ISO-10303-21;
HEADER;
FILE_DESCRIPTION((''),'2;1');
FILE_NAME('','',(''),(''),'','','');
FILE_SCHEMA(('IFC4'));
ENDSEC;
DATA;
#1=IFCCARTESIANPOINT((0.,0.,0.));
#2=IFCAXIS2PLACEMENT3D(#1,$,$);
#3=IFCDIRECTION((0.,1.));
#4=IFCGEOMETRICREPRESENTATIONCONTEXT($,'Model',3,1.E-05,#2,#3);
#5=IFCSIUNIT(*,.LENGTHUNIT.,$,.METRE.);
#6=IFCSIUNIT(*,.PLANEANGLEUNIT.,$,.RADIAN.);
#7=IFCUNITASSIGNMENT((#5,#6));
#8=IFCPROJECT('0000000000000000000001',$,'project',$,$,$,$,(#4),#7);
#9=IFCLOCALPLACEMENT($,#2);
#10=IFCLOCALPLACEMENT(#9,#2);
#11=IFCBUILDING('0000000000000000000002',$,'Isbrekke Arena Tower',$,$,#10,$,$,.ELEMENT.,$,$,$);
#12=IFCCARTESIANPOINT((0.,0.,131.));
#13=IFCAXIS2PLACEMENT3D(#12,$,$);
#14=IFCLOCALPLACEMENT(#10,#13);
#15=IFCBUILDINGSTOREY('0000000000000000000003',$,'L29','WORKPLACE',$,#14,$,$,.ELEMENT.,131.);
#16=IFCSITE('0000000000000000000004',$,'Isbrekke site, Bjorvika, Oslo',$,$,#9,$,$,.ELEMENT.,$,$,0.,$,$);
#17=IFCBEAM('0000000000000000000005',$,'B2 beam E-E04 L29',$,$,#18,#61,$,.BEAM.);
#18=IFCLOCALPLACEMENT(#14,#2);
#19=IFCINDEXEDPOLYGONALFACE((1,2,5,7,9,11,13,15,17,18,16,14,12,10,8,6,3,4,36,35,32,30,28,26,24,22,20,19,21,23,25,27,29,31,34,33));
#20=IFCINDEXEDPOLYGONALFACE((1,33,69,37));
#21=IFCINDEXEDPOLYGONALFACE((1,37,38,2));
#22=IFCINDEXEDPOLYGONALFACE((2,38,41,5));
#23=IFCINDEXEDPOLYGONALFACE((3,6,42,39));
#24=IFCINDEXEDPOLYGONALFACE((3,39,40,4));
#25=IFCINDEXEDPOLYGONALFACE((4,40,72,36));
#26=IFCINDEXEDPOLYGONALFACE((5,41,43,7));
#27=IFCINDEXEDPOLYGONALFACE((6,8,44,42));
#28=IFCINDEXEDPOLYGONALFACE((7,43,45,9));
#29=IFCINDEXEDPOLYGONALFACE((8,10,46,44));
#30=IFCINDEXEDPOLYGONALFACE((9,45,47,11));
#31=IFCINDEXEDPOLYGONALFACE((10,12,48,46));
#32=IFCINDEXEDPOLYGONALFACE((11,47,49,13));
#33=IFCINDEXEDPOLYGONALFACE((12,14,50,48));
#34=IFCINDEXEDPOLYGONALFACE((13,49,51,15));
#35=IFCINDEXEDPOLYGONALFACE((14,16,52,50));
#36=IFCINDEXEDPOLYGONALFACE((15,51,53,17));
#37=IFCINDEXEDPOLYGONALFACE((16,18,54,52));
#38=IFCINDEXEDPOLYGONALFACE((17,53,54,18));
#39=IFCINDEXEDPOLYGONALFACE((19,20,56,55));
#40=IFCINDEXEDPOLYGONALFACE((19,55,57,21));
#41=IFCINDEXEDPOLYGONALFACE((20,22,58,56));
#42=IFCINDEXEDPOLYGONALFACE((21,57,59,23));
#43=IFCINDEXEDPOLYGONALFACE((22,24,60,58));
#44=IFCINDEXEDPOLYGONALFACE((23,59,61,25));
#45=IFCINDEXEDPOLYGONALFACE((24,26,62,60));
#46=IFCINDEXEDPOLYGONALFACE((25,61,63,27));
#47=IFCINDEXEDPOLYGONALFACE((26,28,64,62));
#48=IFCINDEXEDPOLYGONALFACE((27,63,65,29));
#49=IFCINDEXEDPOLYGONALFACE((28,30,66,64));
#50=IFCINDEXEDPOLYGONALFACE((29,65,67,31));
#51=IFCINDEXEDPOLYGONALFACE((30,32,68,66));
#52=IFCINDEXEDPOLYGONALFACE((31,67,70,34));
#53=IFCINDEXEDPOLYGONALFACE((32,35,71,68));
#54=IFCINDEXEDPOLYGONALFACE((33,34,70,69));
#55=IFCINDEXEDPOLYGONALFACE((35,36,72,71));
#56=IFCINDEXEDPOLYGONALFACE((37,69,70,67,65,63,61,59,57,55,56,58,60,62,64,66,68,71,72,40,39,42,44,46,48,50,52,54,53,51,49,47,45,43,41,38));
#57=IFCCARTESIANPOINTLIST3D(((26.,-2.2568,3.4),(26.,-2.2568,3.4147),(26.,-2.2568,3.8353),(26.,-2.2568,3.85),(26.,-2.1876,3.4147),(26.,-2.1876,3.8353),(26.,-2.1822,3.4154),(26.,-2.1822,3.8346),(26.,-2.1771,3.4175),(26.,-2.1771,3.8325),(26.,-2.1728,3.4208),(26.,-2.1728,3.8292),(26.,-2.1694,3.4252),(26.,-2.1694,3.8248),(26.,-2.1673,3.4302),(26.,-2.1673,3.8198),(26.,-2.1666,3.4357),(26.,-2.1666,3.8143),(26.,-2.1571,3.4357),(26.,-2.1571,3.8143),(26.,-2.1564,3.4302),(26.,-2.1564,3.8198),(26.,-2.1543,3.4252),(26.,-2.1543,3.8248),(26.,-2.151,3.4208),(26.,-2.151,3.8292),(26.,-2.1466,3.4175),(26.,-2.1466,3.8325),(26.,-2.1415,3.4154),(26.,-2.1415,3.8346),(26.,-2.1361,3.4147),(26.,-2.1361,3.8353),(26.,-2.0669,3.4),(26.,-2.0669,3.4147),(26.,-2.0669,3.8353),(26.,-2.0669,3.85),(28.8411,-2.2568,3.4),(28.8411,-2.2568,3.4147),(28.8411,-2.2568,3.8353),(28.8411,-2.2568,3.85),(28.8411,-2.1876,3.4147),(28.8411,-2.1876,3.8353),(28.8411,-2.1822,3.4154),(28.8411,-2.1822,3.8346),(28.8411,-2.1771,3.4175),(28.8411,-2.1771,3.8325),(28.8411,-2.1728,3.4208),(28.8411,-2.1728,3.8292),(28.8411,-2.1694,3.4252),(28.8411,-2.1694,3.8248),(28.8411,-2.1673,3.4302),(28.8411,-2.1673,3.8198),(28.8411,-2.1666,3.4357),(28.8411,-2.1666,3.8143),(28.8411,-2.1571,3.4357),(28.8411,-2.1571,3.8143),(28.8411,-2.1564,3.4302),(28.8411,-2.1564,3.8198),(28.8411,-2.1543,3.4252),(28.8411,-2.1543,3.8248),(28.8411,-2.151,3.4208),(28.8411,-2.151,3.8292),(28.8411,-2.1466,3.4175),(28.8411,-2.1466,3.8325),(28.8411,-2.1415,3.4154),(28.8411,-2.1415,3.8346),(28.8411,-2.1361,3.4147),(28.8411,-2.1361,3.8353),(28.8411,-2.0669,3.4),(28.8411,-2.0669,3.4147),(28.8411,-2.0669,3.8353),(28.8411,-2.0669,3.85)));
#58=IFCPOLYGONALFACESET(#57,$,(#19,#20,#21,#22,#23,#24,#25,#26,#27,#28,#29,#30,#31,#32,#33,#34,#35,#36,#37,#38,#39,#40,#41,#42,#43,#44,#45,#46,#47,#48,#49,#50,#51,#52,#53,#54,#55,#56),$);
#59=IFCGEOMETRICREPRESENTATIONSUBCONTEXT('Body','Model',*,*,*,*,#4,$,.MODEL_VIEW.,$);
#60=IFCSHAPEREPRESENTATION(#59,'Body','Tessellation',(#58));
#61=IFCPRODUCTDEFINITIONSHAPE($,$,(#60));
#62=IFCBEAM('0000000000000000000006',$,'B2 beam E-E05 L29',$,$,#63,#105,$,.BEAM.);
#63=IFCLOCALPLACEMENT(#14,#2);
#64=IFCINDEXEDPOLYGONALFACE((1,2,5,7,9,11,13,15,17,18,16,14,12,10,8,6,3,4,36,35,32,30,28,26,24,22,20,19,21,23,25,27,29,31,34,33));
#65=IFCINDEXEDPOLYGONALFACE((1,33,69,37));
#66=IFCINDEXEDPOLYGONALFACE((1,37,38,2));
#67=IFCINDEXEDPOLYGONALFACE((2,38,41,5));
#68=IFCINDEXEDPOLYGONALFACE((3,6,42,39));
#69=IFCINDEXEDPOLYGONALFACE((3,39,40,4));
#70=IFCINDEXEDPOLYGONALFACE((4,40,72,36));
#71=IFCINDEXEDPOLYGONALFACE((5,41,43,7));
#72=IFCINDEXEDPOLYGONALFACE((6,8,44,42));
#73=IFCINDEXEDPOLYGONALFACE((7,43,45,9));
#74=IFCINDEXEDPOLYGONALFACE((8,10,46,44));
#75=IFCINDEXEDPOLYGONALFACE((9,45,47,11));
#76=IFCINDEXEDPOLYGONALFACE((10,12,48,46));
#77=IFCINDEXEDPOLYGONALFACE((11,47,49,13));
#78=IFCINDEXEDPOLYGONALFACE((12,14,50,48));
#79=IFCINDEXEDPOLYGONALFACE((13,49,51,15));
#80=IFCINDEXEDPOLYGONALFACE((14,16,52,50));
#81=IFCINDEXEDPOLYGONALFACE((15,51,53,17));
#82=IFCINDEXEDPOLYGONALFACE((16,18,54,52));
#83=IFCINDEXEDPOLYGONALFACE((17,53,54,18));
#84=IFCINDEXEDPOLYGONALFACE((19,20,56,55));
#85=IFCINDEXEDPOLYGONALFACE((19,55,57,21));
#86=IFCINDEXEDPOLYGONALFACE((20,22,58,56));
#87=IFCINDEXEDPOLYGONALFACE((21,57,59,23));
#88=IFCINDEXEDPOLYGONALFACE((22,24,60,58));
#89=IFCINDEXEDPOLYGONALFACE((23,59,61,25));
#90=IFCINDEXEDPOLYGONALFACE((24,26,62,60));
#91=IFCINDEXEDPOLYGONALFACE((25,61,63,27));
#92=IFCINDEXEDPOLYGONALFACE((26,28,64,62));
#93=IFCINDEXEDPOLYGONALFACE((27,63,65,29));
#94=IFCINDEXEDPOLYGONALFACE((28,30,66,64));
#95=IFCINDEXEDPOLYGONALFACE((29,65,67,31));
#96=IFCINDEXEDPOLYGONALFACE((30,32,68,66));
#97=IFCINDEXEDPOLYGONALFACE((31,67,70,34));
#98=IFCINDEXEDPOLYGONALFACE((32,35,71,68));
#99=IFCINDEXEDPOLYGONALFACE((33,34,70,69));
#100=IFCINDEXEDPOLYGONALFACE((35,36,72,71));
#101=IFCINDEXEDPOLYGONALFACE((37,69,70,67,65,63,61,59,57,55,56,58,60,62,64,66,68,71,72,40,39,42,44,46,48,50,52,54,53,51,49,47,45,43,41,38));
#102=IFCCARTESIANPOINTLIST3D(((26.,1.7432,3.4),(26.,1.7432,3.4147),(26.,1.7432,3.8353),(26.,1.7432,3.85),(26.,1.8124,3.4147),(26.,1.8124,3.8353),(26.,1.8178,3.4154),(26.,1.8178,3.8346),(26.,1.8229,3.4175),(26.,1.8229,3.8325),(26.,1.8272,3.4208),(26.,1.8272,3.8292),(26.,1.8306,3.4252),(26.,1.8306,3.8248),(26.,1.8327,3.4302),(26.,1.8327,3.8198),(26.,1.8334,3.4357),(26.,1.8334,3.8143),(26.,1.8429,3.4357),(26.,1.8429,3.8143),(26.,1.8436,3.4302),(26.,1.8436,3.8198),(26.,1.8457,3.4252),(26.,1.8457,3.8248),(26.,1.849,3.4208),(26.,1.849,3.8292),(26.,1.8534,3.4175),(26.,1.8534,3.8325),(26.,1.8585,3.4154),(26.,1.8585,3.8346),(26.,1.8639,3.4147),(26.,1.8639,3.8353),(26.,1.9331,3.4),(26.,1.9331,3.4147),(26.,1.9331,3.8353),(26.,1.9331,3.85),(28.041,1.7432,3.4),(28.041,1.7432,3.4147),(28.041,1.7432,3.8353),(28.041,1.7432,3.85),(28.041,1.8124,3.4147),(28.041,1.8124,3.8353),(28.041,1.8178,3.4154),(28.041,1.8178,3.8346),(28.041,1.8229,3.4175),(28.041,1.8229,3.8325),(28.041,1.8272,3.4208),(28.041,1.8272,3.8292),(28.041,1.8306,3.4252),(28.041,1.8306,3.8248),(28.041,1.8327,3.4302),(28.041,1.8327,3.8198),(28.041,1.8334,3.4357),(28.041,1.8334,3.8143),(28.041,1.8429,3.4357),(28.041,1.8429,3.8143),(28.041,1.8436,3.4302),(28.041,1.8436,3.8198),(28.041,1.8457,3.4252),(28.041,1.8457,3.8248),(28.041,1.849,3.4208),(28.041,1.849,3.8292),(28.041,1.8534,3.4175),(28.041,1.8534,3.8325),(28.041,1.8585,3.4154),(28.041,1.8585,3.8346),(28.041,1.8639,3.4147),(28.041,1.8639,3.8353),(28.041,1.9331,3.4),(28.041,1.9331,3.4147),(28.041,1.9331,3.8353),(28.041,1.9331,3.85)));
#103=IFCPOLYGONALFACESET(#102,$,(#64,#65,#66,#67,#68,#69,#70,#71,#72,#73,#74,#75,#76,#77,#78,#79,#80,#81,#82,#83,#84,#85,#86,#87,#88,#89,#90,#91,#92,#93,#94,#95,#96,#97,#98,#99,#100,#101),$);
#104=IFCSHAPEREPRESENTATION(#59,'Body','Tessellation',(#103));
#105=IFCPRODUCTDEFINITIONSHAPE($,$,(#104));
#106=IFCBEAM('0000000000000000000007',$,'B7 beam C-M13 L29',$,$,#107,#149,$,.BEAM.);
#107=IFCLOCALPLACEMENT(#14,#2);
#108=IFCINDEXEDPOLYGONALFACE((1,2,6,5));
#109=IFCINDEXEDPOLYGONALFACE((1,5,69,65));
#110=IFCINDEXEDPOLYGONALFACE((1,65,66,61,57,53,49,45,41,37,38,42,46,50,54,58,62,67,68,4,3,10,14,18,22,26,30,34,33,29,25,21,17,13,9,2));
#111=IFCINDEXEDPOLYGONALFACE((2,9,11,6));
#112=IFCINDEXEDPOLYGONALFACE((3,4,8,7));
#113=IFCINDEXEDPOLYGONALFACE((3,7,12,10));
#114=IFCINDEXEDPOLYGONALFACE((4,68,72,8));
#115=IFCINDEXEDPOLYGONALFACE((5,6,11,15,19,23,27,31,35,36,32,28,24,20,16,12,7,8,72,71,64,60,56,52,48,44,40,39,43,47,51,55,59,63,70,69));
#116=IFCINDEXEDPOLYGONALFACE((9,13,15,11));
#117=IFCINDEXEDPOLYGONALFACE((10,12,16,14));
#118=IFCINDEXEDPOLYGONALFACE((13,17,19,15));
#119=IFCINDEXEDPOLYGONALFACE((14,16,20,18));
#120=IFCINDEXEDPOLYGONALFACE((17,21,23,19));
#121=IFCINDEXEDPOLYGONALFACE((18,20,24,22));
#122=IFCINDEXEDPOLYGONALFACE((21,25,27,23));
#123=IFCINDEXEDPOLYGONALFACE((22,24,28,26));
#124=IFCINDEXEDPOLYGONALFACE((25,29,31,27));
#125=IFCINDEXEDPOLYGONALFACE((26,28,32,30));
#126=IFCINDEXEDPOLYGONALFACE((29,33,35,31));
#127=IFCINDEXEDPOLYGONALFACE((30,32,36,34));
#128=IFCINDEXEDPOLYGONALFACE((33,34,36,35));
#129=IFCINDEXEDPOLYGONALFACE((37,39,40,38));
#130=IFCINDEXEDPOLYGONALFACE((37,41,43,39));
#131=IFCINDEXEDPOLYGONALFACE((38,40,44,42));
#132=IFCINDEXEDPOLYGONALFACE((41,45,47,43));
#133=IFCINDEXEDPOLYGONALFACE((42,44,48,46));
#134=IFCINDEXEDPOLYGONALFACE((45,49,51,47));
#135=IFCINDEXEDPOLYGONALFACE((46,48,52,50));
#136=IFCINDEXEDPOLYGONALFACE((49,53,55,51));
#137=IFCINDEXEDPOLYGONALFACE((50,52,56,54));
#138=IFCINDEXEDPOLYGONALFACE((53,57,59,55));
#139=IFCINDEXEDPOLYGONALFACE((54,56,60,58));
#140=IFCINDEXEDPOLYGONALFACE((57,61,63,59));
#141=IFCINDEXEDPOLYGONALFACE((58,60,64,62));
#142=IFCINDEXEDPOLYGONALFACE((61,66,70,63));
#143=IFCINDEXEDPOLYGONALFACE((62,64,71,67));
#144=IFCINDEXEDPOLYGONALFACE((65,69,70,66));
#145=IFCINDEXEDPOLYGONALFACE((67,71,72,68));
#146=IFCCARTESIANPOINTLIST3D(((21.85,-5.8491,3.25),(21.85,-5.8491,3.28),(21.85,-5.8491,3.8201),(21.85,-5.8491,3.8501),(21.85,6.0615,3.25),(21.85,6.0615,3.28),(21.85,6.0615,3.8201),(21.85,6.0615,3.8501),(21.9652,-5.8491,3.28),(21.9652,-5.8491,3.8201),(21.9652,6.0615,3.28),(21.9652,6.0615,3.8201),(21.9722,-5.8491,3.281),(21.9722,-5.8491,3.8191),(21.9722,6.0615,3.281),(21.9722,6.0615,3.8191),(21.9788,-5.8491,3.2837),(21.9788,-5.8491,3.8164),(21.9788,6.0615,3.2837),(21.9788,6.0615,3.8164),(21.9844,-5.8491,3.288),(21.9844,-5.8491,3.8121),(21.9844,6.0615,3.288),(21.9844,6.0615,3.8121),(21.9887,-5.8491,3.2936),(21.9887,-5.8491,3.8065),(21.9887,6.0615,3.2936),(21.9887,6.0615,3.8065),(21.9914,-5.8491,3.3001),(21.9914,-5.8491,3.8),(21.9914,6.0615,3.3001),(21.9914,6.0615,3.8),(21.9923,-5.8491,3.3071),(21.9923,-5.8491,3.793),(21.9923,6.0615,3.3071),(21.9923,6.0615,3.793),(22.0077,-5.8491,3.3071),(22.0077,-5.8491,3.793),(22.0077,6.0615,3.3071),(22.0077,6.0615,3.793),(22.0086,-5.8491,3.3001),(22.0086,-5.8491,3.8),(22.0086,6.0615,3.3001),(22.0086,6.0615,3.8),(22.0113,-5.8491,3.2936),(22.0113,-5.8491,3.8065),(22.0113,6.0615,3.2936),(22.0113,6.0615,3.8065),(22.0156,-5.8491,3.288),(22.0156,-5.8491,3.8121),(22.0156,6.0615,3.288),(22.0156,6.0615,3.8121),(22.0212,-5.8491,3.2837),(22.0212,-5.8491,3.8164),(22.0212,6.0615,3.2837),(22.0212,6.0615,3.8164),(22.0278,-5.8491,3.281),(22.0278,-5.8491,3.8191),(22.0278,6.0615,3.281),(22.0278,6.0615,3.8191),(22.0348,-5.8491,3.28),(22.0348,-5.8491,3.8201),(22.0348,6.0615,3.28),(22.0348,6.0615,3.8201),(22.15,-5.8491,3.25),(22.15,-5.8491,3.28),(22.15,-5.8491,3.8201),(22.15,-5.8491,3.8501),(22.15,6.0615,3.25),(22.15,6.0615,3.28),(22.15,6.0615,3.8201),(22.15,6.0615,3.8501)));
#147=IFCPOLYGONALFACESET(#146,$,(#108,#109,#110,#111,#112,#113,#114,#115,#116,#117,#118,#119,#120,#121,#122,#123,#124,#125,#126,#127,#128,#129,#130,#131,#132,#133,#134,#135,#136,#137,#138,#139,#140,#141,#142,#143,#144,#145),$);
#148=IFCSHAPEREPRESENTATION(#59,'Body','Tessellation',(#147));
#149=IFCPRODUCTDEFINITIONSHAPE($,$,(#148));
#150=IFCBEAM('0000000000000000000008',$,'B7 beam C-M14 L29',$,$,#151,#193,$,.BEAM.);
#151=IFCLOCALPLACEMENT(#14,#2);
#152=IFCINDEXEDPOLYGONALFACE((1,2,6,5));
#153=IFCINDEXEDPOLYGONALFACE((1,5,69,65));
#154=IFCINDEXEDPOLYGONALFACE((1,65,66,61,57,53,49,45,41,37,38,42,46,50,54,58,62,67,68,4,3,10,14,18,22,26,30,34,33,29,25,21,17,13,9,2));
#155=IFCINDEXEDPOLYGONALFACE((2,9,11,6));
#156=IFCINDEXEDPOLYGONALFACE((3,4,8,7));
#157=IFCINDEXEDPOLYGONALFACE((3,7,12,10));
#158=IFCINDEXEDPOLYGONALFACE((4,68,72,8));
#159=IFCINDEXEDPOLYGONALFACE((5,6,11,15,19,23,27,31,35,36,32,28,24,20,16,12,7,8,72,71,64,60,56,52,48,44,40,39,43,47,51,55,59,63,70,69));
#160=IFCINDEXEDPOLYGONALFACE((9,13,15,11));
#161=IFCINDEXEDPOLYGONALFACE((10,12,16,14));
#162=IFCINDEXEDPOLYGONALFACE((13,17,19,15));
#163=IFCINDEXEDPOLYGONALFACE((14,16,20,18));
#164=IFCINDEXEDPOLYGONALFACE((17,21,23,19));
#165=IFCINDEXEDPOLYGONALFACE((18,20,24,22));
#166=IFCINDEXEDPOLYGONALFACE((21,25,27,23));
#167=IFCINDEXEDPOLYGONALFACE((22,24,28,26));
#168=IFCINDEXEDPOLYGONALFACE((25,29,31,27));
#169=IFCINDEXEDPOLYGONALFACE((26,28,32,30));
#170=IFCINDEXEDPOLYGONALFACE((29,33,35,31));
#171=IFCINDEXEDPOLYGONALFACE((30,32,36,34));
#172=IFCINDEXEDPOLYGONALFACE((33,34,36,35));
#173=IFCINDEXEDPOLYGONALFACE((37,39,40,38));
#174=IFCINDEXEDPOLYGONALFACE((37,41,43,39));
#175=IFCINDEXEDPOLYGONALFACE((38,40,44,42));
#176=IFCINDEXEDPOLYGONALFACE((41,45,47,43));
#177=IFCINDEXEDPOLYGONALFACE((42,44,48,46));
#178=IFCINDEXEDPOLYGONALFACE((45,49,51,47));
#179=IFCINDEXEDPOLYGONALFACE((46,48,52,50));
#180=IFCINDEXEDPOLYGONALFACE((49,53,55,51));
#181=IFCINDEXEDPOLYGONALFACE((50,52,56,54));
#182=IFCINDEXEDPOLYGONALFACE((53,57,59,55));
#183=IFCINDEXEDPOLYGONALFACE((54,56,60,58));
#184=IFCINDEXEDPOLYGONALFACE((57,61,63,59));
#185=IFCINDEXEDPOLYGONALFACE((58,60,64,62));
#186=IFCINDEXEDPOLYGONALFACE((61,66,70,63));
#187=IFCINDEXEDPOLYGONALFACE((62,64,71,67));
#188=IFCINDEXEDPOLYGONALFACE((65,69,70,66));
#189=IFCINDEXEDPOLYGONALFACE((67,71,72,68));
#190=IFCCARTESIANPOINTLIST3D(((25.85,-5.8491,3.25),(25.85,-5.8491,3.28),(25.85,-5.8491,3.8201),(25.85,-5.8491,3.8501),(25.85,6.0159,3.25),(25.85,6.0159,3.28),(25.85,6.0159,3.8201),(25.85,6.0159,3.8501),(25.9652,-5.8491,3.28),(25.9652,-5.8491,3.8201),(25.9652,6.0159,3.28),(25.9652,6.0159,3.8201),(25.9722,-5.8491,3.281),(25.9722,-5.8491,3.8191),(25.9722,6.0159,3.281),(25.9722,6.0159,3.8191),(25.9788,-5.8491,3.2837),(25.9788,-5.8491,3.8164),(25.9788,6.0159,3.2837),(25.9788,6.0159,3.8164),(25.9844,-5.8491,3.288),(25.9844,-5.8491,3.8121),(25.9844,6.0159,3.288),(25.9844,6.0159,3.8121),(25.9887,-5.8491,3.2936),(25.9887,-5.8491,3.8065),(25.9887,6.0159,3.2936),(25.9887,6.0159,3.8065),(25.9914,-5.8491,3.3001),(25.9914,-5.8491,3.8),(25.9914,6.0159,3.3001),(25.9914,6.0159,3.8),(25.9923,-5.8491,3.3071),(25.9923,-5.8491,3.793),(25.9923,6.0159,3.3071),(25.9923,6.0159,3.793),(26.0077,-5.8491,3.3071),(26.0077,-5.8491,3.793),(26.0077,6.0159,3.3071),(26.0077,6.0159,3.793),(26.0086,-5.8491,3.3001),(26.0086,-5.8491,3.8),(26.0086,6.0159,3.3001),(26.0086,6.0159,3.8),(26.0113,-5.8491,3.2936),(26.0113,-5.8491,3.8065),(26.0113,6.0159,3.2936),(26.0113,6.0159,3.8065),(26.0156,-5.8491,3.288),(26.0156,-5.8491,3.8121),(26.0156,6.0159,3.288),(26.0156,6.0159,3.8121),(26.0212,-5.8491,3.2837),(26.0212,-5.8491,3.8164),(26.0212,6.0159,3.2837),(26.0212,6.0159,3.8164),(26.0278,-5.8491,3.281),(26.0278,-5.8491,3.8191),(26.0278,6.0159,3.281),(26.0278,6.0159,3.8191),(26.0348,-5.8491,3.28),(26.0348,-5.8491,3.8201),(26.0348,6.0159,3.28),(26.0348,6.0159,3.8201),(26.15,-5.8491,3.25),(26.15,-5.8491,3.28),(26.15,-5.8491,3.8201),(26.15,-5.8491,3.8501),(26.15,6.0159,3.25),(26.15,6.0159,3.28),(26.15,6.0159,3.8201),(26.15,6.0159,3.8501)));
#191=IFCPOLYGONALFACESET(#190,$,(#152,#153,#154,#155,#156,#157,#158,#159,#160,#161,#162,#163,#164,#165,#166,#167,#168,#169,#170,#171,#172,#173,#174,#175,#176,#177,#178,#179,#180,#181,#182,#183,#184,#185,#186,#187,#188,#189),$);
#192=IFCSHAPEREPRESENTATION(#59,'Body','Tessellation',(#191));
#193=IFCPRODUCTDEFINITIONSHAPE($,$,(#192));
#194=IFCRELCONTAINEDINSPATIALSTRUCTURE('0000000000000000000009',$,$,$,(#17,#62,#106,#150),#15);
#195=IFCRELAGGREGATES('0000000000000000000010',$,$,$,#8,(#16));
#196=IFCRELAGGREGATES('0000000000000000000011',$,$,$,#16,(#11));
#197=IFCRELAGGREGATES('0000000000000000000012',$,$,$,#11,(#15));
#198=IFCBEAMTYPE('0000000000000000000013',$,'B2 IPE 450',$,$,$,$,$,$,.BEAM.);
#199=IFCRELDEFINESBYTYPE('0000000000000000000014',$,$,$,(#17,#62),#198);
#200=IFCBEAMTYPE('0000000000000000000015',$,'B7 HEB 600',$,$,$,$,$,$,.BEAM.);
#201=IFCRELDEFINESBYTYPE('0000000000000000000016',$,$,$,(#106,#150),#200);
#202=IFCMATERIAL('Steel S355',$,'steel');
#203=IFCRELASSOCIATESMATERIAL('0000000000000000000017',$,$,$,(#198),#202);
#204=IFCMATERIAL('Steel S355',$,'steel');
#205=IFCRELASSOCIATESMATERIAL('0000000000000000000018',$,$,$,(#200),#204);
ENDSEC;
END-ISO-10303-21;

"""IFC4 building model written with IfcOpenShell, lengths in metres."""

from ifc_helpers import new_model, si_unit, direction, frame, origin, origin_2d, place, context, subcontext, project, spatial, i_section, extrude, material, material_profile, profile_set, type_object, element, save


model = new_model("IFC4")

# Units and contexts
model_context = context("Model", 3, precision=1e-05, world=origin(), true_north=direction((0.0, 1.0)))
body_context = subcontext(model_context, "Body", "Model", "MODEL_VIEW")
ifc_project = project(units=[si_unit("LENGTHUNIT", "METRE"), si_unit("PLANEANGLEUNIT", "RADIAN")], contexts=[model_context])

# Site, building, storey
site_placement = place(None, origin())
site = spatial("IfcSite", under=ifc_project, at=site_placement, Name="Isbrekke site, Bjorvika, Oslo", CompositionType="ELEMENT", RefElevation=0.0)
building_placement = place(site_placement, origin())
building = spatial("IfcBuilding", under=site, at=building_placement, Name="Isbrekke Arena Tower", CompositionType="ELEMENT")
storey_placement = place(building_placement, frame((0.0, 0.0, 131.0)))
storey = spatial("IfcBuildingStorey", under=building, at=storey_placement, Name="L29", Description="WORKPLACE", CompositionType="ELEMENT", Elevation=131.0)

# Beams
ifc_material_1 = material(Name="Steel S355", Category="steel")
ifc_material_profile_1 = material_profile(ifc_material_1, i_section(OverallWidth=0.1899, OverallDepth=0.45, WebThickness=0.0095, FlangeThickness=0.0146, FilletRadius=0.021, at=origin_2d()), Name="IPE 450")
ifc_profile_set_1 = profile_set([ifc_material_profile_1], Name="Steel S355")
beam_type_1 = type_object("IfcBeamType", Name="B2 IPE 450", PredefinedType="BEAM", material=ifc_profile_set_1)
beam_1_placement = place(storey_placement, frame((28.8411, -2.1619, 3.625), z_axis=(-1.0, 0.0, 0.0), x_axis=(0.0, -1.0, 0.0)))
element("IfcBeam", 1, at=beam_1_placement, inside=storey, type_object=beam_type_1, Name="B2 beam E-E04 L29", PredefinedType="BEAM", context=body_context, shape_type="SweptSolid", body=[
    extrude(i_section(OverallWidth=0.1899, OverallDepth=0.45, WebThickness=0.0095, FlangeThickness=0.0146, FilletRadius=0.021, at=origin_2d()), origin(), (0.0, 0.0, 1.0), 2.8411),
])
beam_2_placement = place(storey_placement, frame((28.041, 1.8381, 3.625), z_axis=(-1.0, 0.0, 0.0), x_axis=(0.0, -1.0, 0.0)))
element("IfcBeam", 2, at=beam_2_placement, inside=storey, type_object=beam_type_1, Name="B2 beam E-E05 L29", PredefinedType="BEAM", context=body_context, shape_type="SweptSolid", body=[
    extrude(i_section(OverallWidth=0.1899, OverallDepth=0.45, WebThickness=0.0095, FlangeThickness=0.0146, FilletRadius=0.021, at=origin_2d()), origin(), (0.0, 0.0, 1.0), 2.041),
])
ifc_material_2 = material(Name="Steel S355", Category="steel")
ifc_material_profile_2 = material_profile(ifc_material_2, i_section(OverallWidth=0.3, OverallDepth=0.6001, WebThickness=0.0154, FlangeThickness=0.03, FilletRadius=0.0271, at=origin_2d()), Name="HEB 600")
ifc_profile_set_2 = profile_set([ifc_material_profile_2], Name="Steel S355")
beam_type_2 = type_object("IfcBeamType", Name="B7 HEB 600", PredefinedType="BEAM", material=ifc_profile_set_2)
beam_3_placement = place(storey_placement, frame((22.0, -5.8491, 3.55), z_axis=(0.0, 1.0, 0.0), x_axis=(-1.0, 0.0, 0.0)))
element("IfcBeam", 3, at=beam_3_placement, inside=storey, type_object=beam_type_2, Name="B7 beam C-M13 L29", PredefinedType="BEAM", context=body_context, shape_type="SweptSolid", body=[
    extrude(i_section(OverallWidth=0.3, OverallDepth=0.6001, WebThickness=0.0154, FlangeThickness=0.03, FilletRadius=0.0271, at=origin_2d()), origin(), (0.0, 0.0, 1.0), 11.9106),
])
beam_4_placement = place(storey_placement, frame((26.0, -5.8491, 3.55), z_axis=(0.0, 1.0, 0.0), x_axis=(-1.0, 0.0, 0.0)))
element("IfcBeam", 4, at=beam_4_placement, inside=storey, type_object=beam_type_2, Name="B7 beam C-M14 L29", PredefinedType="BEAM", context=body_context, shape_type="SweptSolid", body=[
    extrude(i_section(OverallWidth=0.3, OverallDepth=0.6001, WebThickness=0.0154, FlangeThickness=0.03, FilletRadius=0.0271, at=origin_2d()), origin(), (0.0, 0.0, 1.0), 11.865),
])

save(model, "model.ifc")
